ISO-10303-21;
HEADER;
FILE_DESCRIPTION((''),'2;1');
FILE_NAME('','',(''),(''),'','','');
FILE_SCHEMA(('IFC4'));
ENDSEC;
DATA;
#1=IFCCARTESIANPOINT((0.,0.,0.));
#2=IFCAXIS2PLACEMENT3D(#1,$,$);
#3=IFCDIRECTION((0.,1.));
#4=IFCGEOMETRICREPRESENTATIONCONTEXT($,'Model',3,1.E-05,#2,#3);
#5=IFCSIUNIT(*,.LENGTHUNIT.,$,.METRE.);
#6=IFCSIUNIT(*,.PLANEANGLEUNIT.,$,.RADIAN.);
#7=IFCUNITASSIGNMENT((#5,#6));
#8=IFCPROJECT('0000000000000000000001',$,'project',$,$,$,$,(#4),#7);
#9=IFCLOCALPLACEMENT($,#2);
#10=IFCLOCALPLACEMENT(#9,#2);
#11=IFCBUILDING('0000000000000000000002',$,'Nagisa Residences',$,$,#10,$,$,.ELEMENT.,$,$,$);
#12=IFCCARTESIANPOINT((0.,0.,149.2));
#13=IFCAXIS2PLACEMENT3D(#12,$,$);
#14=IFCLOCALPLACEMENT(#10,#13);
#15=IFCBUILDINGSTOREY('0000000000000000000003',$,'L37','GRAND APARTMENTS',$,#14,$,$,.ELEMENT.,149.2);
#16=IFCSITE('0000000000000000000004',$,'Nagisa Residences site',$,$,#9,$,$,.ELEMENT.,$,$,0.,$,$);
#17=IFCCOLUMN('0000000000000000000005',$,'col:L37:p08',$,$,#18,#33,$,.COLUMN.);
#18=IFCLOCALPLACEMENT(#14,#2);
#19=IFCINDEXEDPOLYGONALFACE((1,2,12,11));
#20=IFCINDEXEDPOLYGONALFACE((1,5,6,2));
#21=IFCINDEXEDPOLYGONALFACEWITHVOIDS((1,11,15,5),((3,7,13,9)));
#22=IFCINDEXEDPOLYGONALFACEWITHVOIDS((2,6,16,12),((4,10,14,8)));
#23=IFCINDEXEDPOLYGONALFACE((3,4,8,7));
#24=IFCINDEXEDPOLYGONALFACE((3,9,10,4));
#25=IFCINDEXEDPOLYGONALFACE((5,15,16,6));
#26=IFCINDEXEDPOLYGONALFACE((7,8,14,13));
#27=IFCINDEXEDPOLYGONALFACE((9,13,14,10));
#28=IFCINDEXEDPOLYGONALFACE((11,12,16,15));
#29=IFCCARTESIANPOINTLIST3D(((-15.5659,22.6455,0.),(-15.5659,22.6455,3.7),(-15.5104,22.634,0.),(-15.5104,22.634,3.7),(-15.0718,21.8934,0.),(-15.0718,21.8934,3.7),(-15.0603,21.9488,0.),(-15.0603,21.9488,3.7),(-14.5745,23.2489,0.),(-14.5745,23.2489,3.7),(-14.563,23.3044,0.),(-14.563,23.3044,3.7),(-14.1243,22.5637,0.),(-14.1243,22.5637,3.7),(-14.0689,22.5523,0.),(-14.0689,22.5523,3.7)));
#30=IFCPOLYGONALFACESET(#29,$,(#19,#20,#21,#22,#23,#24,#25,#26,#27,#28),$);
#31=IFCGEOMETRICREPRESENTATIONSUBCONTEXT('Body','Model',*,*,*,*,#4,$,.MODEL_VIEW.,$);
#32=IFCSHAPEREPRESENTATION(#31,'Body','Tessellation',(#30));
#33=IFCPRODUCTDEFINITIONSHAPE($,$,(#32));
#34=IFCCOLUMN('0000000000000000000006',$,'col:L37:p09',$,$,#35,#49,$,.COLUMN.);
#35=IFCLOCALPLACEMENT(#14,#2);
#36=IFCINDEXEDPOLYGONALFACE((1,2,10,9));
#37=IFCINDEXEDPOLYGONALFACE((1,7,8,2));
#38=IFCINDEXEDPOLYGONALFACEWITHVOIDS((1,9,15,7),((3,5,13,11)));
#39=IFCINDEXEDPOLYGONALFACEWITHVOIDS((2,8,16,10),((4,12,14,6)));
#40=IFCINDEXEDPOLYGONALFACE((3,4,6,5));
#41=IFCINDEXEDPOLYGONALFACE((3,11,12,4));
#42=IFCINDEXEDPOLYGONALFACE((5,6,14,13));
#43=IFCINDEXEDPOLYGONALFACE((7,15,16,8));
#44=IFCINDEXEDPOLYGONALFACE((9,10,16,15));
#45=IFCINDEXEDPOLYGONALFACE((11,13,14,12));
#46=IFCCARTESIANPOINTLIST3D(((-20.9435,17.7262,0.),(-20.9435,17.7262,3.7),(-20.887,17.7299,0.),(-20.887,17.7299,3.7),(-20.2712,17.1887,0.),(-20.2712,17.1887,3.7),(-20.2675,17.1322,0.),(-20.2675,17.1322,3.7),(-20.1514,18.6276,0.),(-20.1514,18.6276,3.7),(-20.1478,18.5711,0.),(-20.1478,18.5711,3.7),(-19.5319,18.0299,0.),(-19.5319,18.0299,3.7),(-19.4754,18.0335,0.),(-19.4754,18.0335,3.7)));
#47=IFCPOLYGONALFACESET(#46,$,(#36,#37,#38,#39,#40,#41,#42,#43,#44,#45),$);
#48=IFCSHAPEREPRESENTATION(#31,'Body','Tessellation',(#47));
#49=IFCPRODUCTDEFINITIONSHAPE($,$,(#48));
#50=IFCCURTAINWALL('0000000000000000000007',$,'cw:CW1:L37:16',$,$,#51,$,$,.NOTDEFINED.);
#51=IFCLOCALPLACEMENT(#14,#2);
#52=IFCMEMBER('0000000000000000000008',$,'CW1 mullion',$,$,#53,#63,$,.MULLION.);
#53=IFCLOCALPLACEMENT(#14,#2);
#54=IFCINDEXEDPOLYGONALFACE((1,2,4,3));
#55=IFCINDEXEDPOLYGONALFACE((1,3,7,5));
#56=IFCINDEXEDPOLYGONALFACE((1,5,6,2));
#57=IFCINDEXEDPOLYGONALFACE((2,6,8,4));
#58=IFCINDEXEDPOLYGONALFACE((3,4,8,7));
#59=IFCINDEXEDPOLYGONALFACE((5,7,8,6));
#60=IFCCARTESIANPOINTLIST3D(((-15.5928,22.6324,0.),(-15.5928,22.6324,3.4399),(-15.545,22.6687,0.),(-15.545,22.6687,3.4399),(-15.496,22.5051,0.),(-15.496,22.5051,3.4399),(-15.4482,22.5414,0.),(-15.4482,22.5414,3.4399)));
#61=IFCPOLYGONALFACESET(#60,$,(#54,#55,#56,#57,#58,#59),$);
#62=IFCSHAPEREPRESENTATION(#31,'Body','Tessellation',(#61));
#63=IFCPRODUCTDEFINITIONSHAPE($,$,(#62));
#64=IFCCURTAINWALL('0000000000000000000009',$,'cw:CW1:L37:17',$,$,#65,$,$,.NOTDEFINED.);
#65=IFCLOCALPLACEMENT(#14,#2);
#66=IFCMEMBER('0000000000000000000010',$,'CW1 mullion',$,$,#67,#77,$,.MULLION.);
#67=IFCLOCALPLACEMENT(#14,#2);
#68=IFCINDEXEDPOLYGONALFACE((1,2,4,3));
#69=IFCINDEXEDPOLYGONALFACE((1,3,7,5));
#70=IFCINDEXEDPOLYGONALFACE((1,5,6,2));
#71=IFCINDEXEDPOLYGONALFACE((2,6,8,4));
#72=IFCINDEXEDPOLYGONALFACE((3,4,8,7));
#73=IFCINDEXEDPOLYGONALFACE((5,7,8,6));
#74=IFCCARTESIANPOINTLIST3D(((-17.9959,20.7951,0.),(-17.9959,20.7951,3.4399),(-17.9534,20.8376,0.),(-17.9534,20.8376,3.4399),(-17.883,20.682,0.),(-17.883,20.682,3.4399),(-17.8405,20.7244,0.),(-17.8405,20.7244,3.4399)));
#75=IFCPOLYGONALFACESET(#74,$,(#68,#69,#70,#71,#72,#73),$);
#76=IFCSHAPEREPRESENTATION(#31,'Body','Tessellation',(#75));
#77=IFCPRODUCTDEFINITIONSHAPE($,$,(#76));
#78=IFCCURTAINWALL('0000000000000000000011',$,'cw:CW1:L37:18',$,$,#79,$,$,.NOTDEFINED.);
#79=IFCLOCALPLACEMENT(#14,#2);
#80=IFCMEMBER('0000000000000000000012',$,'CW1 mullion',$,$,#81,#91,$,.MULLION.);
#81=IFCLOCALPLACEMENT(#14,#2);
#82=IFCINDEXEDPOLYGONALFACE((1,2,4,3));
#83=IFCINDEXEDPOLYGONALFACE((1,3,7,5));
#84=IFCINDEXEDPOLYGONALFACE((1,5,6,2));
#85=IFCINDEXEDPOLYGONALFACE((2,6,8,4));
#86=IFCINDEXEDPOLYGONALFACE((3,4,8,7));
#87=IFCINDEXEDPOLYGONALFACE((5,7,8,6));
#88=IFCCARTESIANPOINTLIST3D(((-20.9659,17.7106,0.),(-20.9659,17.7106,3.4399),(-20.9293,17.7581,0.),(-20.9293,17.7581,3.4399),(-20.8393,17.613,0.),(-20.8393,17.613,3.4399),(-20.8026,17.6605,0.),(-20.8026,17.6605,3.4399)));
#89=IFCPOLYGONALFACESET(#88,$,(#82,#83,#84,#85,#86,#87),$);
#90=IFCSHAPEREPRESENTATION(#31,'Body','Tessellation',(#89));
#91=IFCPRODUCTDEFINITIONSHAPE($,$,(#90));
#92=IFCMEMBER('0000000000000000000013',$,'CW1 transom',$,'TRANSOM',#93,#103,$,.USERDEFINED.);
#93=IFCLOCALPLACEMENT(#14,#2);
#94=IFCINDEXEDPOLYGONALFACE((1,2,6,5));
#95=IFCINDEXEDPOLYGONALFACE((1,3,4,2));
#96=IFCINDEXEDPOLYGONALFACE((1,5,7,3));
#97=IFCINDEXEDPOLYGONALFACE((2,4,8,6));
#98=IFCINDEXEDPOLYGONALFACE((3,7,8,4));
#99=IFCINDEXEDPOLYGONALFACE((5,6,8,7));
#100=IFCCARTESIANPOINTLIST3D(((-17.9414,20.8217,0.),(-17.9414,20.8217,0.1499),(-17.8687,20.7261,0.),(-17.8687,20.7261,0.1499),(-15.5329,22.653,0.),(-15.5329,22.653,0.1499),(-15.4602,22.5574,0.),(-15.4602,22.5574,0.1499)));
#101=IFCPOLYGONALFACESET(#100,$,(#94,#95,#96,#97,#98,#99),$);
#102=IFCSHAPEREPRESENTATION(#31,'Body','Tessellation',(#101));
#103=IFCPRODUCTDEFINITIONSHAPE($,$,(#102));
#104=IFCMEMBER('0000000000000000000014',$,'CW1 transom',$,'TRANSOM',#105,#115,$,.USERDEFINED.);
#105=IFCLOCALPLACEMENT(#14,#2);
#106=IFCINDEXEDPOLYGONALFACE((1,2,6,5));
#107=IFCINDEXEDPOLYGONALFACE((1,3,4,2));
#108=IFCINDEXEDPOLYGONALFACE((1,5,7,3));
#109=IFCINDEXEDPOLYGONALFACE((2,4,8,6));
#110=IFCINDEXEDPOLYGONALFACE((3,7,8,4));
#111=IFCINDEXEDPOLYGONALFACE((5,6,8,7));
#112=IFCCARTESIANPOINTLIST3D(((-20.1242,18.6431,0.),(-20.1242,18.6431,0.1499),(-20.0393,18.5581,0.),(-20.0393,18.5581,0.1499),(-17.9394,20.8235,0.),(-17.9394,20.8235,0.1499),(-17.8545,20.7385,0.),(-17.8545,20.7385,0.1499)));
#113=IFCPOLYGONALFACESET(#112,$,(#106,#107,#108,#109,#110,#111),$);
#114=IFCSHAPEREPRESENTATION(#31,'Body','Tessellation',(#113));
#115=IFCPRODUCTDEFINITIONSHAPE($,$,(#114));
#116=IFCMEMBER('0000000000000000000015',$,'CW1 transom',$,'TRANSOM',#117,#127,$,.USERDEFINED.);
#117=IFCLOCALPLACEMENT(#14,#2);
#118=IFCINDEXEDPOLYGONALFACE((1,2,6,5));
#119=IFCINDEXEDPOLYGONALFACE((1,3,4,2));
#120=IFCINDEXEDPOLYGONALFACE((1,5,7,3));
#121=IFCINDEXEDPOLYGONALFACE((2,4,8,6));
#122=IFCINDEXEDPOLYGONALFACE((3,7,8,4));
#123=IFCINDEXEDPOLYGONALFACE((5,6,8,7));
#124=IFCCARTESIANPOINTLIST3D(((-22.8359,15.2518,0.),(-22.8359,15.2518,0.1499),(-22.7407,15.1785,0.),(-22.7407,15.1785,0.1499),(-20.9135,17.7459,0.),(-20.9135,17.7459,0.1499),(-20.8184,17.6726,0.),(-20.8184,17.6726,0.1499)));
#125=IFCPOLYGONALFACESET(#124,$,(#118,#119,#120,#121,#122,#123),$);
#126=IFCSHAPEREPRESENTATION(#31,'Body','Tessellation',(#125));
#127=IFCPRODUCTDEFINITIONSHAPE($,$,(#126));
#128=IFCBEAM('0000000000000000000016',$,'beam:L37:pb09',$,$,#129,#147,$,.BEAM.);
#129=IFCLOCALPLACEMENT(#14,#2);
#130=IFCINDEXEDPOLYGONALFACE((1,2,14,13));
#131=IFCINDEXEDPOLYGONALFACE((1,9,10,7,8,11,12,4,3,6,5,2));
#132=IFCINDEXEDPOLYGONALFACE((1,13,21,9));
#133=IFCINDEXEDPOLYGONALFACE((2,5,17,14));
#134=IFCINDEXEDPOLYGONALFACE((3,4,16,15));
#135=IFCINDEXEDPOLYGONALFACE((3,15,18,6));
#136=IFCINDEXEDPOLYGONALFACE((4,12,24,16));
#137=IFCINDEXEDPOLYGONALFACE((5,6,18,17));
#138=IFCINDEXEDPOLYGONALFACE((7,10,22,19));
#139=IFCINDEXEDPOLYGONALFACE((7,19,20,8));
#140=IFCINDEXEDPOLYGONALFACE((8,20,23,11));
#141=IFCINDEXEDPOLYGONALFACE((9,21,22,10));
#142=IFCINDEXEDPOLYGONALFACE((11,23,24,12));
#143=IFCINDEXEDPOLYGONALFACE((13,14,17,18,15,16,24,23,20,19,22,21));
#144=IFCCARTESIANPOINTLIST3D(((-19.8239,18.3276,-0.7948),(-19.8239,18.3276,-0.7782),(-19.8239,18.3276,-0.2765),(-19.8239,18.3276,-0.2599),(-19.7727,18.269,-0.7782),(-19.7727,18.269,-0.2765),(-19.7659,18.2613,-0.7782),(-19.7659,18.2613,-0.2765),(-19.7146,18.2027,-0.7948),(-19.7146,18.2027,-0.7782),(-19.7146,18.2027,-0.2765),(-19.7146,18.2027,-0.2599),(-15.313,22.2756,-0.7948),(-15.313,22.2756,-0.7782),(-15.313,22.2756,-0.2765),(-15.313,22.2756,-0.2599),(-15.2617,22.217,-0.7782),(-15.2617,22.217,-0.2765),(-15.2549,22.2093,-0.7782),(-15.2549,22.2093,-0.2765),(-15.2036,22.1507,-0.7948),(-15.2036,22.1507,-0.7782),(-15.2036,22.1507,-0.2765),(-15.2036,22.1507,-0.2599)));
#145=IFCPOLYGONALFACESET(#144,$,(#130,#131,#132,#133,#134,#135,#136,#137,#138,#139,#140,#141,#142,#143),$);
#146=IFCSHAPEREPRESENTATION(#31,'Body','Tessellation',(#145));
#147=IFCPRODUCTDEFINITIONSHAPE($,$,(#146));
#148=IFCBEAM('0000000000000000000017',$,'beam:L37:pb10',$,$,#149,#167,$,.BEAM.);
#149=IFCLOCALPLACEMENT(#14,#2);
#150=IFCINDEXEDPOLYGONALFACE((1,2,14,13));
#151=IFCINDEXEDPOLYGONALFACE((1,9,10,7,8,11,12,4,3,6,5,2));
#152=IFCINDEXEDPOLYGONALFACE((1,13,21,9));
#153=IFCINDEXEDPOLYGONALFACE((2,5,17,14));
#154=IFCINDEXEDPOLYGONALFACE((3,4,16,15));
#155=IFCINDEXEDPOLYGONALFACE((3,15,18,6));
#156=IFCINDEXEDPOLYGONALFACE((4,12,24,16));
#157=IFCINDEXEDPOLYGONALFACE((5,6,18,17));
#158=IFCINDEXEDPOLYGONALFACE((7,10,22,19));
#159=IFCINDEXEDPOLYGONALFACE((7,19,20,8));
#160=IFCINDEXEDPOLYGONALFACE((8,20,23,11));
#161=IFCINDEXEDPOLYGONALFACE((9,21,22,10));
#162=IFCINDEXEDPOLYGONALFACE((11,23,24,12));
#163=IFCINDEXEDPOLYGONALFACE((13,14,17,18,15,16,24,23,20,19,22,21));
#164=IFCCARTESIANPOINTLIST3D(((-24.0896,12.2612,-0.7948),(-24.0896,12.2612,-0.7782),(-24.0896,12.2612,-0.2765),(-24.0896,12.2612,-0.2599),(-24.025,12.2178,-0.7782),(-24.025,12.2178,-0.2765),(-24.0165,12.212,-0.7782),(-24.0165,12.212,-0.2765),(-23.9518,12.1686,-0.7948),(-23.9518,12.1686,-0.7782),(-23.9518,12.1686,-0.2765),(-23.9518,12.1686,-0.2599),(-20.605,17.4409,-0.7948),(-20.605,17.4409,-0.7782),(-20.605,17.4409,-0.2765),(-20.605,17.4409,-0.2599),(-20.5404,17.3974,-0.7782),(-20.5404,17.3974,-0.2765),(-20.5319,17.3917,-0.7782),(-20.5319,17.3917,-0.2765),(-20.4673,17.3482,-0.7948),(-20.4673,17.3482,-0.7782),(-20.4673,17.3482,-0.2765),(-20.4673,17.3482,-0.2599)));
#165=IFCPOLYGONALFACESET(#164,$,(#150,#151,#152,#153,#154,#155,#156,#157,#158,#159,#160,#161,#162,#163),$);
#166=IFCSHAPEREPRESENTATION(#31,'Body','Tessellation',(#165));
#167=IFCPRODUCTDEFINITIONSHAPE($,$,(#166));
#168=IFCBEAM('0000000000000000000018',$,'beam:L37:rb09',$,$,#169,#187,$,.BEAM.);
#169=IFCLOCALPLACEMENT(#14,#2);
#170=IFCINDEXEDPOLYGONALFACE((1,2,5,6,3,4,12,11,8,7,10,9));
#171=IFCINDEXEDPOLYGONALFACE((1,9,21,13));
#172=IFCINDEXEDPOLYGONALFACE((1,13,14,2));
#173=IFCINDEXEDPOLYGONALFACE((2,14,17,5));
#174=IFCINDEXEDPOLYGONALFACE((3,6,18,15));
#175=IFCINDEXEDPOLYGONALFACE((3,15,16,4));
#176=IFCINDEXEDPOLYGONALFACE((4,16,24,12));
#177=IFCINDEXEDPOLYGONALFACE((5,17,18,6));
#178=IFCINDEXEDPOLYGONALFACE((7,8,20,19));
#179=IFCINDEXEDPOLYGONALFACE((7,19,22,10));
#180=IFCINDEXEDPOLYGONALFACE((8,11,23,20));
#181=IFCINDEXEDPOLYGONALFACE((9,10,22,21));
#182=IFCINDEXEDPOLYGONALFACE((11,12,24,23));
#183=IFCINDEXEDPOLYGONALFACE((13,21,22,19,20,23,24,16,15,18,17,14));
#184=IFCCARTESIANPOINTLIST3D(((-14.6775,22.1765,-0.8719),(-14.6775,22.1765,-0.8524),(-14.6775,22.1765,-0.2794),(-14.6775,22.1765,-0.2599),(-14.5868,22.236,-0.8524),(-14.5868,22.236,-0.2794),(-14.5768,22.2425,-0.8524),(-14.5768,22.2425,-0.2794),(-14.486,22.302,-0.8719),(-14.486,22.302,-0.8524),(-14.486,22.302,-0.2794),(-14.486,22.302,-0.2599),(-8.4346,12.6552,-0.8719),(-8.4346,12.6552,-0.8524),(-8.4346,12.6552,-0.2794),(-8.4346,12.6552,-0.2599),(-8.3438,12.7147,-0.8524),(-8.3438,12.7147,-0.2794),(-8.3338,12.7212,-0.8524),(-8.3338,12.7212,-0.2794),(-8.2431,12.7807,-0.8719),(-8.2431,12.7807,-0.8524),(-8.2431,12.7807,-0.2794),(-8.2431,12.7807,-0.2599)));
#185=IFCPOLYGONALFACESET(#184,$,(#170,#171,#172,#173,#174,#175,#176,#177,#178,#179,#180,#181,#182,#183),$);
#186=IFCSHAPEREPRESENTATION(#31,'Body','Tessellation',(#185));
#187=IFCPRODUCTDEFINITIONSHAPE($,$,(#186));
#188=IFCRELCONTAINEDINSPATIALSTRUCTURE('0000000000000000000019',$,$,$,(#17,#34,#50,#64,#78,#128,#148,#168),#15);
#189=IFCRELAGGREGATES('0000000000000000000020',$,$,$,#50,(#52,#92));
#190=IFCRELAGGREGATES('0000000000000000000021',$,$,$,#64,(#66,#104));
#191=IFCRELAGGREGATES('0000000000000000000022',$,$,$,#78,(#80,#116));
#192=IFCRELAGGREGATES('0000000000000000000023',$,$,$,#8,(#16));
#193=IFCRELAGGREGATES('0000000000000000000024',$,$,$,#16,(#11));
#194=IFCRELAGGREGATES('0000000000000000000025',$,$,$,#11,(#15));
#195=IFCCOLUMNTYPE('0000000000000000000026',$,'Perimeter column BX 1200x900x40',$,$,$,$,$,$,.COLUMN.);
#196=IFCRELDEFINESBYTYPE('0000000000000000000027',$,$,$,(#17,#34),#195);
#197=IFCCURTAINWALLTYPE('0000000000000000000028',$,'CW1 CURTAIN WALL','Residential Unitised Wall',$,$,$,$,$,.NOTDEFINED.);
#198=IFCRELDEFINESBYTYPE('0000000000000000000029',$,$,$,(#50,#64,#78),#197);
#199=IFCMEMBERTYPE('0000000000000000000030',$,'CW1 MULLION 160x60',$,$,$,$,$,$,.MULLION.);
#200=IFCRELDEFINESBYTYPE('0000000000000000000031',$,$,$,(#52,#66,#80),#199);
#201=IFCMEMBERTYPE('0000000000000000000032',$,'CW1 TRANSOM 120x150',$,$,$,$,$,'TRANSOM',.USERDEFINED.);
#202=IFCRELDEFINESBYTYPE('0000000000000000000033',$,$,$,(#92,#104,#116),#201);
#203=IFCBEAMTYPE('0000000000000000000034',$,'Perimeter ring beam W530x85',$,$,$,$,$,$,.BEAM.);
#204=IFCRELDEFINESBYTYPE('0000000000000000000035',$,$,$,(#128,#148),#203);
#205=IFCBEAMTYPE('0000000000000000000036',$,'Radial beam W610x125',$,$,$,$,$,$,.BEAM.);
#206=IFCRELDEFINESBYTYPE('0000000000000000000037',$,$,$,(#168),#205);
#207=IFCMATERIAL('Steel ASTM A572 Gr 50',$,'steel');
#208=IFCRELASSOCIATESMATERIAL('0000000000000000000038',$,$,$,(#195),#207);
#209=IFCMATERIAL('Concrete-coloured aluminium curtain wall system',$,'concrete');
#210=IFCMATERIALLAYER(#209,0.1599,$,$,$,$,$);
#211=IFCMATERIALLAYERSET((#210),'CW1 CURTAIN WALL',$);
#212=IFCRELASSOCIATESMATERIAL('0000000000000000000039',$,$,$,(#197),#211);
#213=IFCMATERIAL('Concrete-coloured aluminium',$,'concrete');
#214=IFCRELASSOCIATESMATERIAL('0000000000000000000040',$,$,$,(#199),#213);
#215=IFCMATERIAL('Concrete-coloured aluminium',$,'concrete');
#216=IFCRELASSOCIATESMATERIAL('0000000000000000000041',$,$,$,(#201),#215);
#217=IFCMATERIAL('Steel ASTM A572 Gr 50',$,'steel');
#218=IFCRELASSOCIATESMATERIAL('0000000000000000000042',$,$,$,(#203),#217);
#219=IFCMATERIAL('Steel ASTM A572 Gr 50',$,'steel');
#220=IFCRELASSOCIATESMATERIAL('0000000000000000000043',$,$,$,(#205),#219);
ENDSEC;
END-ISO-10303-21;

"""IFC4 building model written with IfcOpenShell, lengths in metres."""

from ifc_helpers import new_model, si_unit, direction, frame, origin, origin_2d, place, context, subcontext, project, spatial, rectangle, hollow_rectangle, i_section, extrude, material, layer, layer_set, material_profile, profile_set, type_object, element, aggregate, save


model = new_model("IFC4")

# Units and contexts
model_context = context("Model", 3, precision=1e-05, world=origin(), true_north=direction((0.0, 1.0)))
body_context = subcontext(model_context, "Body", "Model", "MODEL_VIEW")
ifc_project = project(units=[si_unit("LENGTHUNIT", "METRE"), si_unit("PLANEANGLEUNIT", "RADIAN")], contexts=[model_context])

# Site, building, storey
site_placement = place(None, origin())
site = spatial("IfcSite", under=ifc_project, at=site_placement, Name="Nagisa Residences site", CompositionType="ELEMENT", RefElevation=0.0)
building_placement = place(site_placement, origin())
building = spatial("IfcBuilding", under=site, at=building_placement, Name="Nagisa Residences", CompositionType="ELEMENT")
storey_placement = place(building_placement, frame((0.0, 0.0, 149.2)))
storey = spatial("IfcBuildingStorey", under=building, at=storey_placement, Name="L37", Description="GRAND APARTMENTS", CompositionType="ELEMENT", Elevation=149.2)

# Columns
ifc_material_1 = material(Name="Steel ASTM A572 Gr 50", Category="steel")
ifc_material_profile_1 = material_profile(ifc_material_1, hollow_rectangle(XDim=1.2, YDim=0.8999, WallThickness=0.04, at=origin_2d()), Name="BX 1200x900x40")
ifc_profile_set_1 = profile_set([ifc_material_profile_1], Name="Steel ASTM A572 Gr 50")
column_type = type_object("IfcColumnType", Name="Perimeter column BX 1200x900x40", PredefinedType="COLUMN", material=ifc_profile_set_1)
for number, where, z_axis, x_axis, name in (
    (1, (-14.8174, 22.5989, 0.0), (0.0, 0.0, 1.0), (-0.835766, -0.549086, 0.0), "col:L37:p08"),
    (2, (-20.2095, 17.8799, 0.0), (0.0, 0.0, 1.0), (-0.660115, -0.751165, 0.0), "col:L37:p09"),
):
    element("IfcColumn", number, at=place(storey_placement, frame(where, z_axis=z_axis, x_axis=x_axis)), inside=storey, type_object=column_type, Name=name, PredefinedType="COLUMN", context=body_context, shape_type="SweptSolid", body=[
        extrude(hollow_rectangle(XDim=1.2, YDim=0.8999, WallThickness=0.04, at=origin_2d()), origin(), (0.0, 0.0, 1.0), 3.7),
    ])

# Curtain walls, members
ifc_material_2 = material(Name="Concrete-coloured aluminium curtain wall system", Category="concrete")
ifc_layer_1 = layer(ifc_material_2, 0.1599)
ifc_layer_set_1 = layer_set([ifc_layer_1], Name="CW1 CURTAIN WALL")
curtain_wall_type = type_object("IfcCurtainWallType", Name="CW1 CURTAIN WALL", Description="Residential Unitised Wall", PredefinedType="NOTDEFINED", material=ifc_layer_set_1)
curtain_wall_1_placement = place(storey_placement, origin())
curtain_wall_1 = element("IfcCurtainWall", 3, at=curtain_wall_1_placement, inside=storey, type_object=curtain_wall_type, Name="cw:CW1:L37:16", PredefinedType="NOTDEFINED")
ifc_material_3 = material(Name="Concrete-coloured aluminium", Category="concrete")
ifc_material_profile_2 = material_profile(ifc_material_3, rectangle(XDim=0.1599, YDim=0.0601, at=origin_2d()), Name="CW1 MULLION 160x60")
ifc_profile_set_2 = profile_set([ifc_material_profile_2], Name="Concrete-coloured aluminium")
member_type_1 = type_object("IfcMemberType", Name="CW1 MULLION 160x60", PredefinedType="MULLION", material=ifc_profile_set_2)
member_1_placement = place(storey_placement, frame((-15.5205, 22.5869, 0.0), z_axis=(0.0, 0.0, 1.0), x_axis=(0.605255, -0.796031, 0.0)))
member_1 = element("IfcMember", 4, at=member_1_placement, type_object=member_type_1, Name="CW1 mullion", PredefinedType="MULLION", context=body_context, shape_type="SweptSolid", body=[
    extrude(rectangle(XDim=0.1599, YDim=0.0601, at=origin_2d()), origin(), (0.0, 0.0, 1.0), 3.4399),
])
curtain_wall_2_placement = place(storey_placement, origin())
curtain_wall_2 = element("IfcCurtainWall", 5, at=curtain_wall_2_placement, inside=storey, type_object=curtain_wall_type, Name="cw:CW1:L37:17", PredefinedType="NOTDEFINED")
member_2_placement = place(storey_placement, frame((-17.9182, 20.7598, 0.0), z_axis=(0.0, 0.0, 1.0), x_axis=(0.706377, -0.707836, 0.0)))
member_2 = element("IfcMember", 6, at=member_2_placement, type_object=member_type_1, Name="CW1 mullion", PredefinedType="MULLION", context=body_context, shape_type="SweptSolid", body=[
    extrude(rectangle(XDim=0.1599, YDim=0.0601, at=origin_2d()), origin(), (0.0, 0.0, 1.0), 3.4399),
])
curtain_wall_3_placement = place(storey_placement, origin())
curtain_wall_3 = element("IfcCurtainWall", 7, at=curtain_wall_3_placement, inside=storey, type_object=curtain_wall_type, Name="cw:CW1:L37:18", PredefinedType="NOTDEFINED")
member_3_placement = place(storey_placement, frame((-20.8843, 17.6855, 0.0), z_axis=(0.0, 0.0, 1.0), x_axis=(0.79207, -0.61043, 0.0)))
member_3 = element("IfcMember", 8, at=member_3_placement, type_object=member_type_1, Name="CW1 mullion", PredefinedType="MULLION", context=body_context, shape_type="SweptSolid", body=[
    extrude(rectangle(XDim=0.1599, YDim=0.0601, at=origin_2d()), origin(), (0.0, 0.0, 1.0), 3.4399),
])

# Members
ifc_material_4 = material(Name="Concrete-coloured aluminium", Category="concrete")
ifc_material_profile_3 = material_profile(ifc_material_4, rectangle(XDim=0.1201, YDim=0.1499, at=origin_2d()), Name="CW1 TRANSOM 120x150")
ifc_profile_set_3 = profile_set([ifc_material_profile_3], Name="Concrete-coloured aluminium")
member_type_2 = type_object("IfcMemberType", Name="CW1 TRANSOM 120x150", ElementType="TRANSOM", PredefinedType="USERDEFINED", material=ifc_profile_set_3)
member_4_placement = place(storey_placement, frame((-15.4966, 22.6052, 0.075), z_axis=(-0.796022, -0.605267, 0.0), x_axis=(0.605267, -0.796022, 0.0)))
member_4 = element("IfcMember", 9, at=member_4_placement, type_object=member_type_2, Name="CW1 transom", ObjectType="TRANSOM", PredefinedType="USERDEFINED", context=body_context, shape_type="SweptSolid", body=[
    extrude(rectangle(XDim=0.1201, YDim=0.1499, at=origin_2d()), origin(), (0.0, 0.0, 1.0), 3.0256),
])
member_5_placement = place(storey_placement, frame((-17.897, 20.781, 0.075), z_axis=(-0.707818, -0.706395, 0.0), x_axis=(0.706395, -0.707818, 0.0)))
member_5 = element("IfcMember", 10, at=member_5_placement, type_object=member_type_2, Name="CW1 transom", ObjectType="TRANSOM", PredefinedType="USERDEFINED", context=body_context, shape_type="SweptSolid", body=[
    extrude(rectangle(XDim=0.1201, YDim=0.1499, at=origin_2d()), origin(), (0.0, 0.0, 1.0), 3.0867),
])
member_6_placement = place(storey_placement, frame((-20.866, 17.7092, 0.075), z_axis=(-0.610467, -0.792041, 0.0), x_axis=(0.792041, -0.610467, 0.0)))
member_6 = element("IfcMember", 11, at=member_6_placement, type_object=member_type_2, Name="CW1 transom", ObjectType="TRANSOM", PredefinedType="USERDEFINED", context=body_context, shape_type="SweptSolid", body=[
    extrude(rectangle(XDim=0.1201, YDim=0.1499, at=origin_2d()), origin(), (0.0, 0.0, 1.0), 3.1489),
])

# Beams
ifc_material_5 = material(Name="Steel ASTM A572 Gr 50", Category="steel")
ifc_material_profile_4 = material_profile(ifc_material_5, i_section(OverallWidth=0.166, OverallDepth=0.5349, WebThickness=0.0103, FlangeThickness=0.0166, at=origin_2d()), Name="W530x85")
ifc_profile_set_4 = profile_set([ifc_material_profile_4], Name="Steel ASTM A572 Gr 50")
beam_type_1 = type_object("IfcBeamType", Name="Perimeter ring beam W530x85", PredefinedType="BEAM", material=ifc_profile_set_4)
beam_1_placement = place(storey_placement, frame((-15.2583, 22.2131, -0.5273), z_axis=(-0.752504, -0.658588, 0.0), x_axis=(0.658588, -0.752504, 0.0)))
element("IfcBeam", 12, at=beam_1_placement, inside=storey, type_object=beam_type_1, Name="beam:L37:pb09", PredefinedType="BEAM", context=body_context, shape_type="SweptSolid", body=[
    extrude(i_section(OverallWidth=0.166, OverallDepth=0.5349, WebThickness=0.0103, FlangeThickness=0.0166, at=origin_2d()), origin(), (0.0, 0.0, 1.0), 5.9946),
])
beam_2_placement = place(storey_placement, frame((-20.5361, 17.3945, -0.5273), z_axis=(-0.558188, -0.829715, 0.0), x_axis=(0.829715, -0.558188, 0.0)))
element("IfcBeam", 13, at=beam_2_placement, inside=storey, type_object=beam_type_1, Name="beam:L37:pb10", PredefinedType="BEAM", context=body_context, shape_type="SweptSolid", body=[
    extrude(i_section(OverallWidth=0.166, OverallDepth=0.5349, WebThickness=0.0103, FlangeThickness=0.0166, at=origin_2d()), origin(), (0.0, 0.0, 1.0), 6.2427),
])
ifc_material_6 = material(Name="Steel ASTM A572 Gr 50", Category="steel")
ifc_material_profile_5 = material_profile(ifc_material_6, i_section(OverallWidth=0.229, OverallDepth=0.6121, WebThickness=0.012, FlangeThickness=0.0195, at=origin_2d()), Name="W610x125")
ifc_profile_set_5 = profile_set([ifc_material_profile_5], Name="Steel ASTM A572 Gr 50")
beam_type_2 = type_object("IfcBeamType", Name="Radial beam W610x125", PredefinedType="BEAM", material=ifc_profile_set_5)
beam_3_placement = place(storey_placement, frame((-14.5818, 22.2393, -0.5659), z_axis=(0.548325, -0.836265, 0.0), x_axis=(0.836265, 0.548325, 0.0)))
element("IfcBeam", 14, at=beam_3_placement, inside=storey, type_object=beam_type_2, Name="beam:L37:rb09", PredefinedType="BEAM", context=body_context, shape_type="SweptSolid", body=[
    extrude(i_section(OverallWidth=0.229, OverallDepth=0.6121, WebThickness=0.012, FlangeThickness=0.0195, at=origin_2d()), origin(), (0.0, 0.0, 1.0), 11.3855),
])

aggregate(curtain_wall_1, [member_1, member_4])
aggregate(curtain_wall_2, [member_2, member_5])
aggregate(curtain_wall_3, [member_3, member_6])

save(model, "model.ifc")
